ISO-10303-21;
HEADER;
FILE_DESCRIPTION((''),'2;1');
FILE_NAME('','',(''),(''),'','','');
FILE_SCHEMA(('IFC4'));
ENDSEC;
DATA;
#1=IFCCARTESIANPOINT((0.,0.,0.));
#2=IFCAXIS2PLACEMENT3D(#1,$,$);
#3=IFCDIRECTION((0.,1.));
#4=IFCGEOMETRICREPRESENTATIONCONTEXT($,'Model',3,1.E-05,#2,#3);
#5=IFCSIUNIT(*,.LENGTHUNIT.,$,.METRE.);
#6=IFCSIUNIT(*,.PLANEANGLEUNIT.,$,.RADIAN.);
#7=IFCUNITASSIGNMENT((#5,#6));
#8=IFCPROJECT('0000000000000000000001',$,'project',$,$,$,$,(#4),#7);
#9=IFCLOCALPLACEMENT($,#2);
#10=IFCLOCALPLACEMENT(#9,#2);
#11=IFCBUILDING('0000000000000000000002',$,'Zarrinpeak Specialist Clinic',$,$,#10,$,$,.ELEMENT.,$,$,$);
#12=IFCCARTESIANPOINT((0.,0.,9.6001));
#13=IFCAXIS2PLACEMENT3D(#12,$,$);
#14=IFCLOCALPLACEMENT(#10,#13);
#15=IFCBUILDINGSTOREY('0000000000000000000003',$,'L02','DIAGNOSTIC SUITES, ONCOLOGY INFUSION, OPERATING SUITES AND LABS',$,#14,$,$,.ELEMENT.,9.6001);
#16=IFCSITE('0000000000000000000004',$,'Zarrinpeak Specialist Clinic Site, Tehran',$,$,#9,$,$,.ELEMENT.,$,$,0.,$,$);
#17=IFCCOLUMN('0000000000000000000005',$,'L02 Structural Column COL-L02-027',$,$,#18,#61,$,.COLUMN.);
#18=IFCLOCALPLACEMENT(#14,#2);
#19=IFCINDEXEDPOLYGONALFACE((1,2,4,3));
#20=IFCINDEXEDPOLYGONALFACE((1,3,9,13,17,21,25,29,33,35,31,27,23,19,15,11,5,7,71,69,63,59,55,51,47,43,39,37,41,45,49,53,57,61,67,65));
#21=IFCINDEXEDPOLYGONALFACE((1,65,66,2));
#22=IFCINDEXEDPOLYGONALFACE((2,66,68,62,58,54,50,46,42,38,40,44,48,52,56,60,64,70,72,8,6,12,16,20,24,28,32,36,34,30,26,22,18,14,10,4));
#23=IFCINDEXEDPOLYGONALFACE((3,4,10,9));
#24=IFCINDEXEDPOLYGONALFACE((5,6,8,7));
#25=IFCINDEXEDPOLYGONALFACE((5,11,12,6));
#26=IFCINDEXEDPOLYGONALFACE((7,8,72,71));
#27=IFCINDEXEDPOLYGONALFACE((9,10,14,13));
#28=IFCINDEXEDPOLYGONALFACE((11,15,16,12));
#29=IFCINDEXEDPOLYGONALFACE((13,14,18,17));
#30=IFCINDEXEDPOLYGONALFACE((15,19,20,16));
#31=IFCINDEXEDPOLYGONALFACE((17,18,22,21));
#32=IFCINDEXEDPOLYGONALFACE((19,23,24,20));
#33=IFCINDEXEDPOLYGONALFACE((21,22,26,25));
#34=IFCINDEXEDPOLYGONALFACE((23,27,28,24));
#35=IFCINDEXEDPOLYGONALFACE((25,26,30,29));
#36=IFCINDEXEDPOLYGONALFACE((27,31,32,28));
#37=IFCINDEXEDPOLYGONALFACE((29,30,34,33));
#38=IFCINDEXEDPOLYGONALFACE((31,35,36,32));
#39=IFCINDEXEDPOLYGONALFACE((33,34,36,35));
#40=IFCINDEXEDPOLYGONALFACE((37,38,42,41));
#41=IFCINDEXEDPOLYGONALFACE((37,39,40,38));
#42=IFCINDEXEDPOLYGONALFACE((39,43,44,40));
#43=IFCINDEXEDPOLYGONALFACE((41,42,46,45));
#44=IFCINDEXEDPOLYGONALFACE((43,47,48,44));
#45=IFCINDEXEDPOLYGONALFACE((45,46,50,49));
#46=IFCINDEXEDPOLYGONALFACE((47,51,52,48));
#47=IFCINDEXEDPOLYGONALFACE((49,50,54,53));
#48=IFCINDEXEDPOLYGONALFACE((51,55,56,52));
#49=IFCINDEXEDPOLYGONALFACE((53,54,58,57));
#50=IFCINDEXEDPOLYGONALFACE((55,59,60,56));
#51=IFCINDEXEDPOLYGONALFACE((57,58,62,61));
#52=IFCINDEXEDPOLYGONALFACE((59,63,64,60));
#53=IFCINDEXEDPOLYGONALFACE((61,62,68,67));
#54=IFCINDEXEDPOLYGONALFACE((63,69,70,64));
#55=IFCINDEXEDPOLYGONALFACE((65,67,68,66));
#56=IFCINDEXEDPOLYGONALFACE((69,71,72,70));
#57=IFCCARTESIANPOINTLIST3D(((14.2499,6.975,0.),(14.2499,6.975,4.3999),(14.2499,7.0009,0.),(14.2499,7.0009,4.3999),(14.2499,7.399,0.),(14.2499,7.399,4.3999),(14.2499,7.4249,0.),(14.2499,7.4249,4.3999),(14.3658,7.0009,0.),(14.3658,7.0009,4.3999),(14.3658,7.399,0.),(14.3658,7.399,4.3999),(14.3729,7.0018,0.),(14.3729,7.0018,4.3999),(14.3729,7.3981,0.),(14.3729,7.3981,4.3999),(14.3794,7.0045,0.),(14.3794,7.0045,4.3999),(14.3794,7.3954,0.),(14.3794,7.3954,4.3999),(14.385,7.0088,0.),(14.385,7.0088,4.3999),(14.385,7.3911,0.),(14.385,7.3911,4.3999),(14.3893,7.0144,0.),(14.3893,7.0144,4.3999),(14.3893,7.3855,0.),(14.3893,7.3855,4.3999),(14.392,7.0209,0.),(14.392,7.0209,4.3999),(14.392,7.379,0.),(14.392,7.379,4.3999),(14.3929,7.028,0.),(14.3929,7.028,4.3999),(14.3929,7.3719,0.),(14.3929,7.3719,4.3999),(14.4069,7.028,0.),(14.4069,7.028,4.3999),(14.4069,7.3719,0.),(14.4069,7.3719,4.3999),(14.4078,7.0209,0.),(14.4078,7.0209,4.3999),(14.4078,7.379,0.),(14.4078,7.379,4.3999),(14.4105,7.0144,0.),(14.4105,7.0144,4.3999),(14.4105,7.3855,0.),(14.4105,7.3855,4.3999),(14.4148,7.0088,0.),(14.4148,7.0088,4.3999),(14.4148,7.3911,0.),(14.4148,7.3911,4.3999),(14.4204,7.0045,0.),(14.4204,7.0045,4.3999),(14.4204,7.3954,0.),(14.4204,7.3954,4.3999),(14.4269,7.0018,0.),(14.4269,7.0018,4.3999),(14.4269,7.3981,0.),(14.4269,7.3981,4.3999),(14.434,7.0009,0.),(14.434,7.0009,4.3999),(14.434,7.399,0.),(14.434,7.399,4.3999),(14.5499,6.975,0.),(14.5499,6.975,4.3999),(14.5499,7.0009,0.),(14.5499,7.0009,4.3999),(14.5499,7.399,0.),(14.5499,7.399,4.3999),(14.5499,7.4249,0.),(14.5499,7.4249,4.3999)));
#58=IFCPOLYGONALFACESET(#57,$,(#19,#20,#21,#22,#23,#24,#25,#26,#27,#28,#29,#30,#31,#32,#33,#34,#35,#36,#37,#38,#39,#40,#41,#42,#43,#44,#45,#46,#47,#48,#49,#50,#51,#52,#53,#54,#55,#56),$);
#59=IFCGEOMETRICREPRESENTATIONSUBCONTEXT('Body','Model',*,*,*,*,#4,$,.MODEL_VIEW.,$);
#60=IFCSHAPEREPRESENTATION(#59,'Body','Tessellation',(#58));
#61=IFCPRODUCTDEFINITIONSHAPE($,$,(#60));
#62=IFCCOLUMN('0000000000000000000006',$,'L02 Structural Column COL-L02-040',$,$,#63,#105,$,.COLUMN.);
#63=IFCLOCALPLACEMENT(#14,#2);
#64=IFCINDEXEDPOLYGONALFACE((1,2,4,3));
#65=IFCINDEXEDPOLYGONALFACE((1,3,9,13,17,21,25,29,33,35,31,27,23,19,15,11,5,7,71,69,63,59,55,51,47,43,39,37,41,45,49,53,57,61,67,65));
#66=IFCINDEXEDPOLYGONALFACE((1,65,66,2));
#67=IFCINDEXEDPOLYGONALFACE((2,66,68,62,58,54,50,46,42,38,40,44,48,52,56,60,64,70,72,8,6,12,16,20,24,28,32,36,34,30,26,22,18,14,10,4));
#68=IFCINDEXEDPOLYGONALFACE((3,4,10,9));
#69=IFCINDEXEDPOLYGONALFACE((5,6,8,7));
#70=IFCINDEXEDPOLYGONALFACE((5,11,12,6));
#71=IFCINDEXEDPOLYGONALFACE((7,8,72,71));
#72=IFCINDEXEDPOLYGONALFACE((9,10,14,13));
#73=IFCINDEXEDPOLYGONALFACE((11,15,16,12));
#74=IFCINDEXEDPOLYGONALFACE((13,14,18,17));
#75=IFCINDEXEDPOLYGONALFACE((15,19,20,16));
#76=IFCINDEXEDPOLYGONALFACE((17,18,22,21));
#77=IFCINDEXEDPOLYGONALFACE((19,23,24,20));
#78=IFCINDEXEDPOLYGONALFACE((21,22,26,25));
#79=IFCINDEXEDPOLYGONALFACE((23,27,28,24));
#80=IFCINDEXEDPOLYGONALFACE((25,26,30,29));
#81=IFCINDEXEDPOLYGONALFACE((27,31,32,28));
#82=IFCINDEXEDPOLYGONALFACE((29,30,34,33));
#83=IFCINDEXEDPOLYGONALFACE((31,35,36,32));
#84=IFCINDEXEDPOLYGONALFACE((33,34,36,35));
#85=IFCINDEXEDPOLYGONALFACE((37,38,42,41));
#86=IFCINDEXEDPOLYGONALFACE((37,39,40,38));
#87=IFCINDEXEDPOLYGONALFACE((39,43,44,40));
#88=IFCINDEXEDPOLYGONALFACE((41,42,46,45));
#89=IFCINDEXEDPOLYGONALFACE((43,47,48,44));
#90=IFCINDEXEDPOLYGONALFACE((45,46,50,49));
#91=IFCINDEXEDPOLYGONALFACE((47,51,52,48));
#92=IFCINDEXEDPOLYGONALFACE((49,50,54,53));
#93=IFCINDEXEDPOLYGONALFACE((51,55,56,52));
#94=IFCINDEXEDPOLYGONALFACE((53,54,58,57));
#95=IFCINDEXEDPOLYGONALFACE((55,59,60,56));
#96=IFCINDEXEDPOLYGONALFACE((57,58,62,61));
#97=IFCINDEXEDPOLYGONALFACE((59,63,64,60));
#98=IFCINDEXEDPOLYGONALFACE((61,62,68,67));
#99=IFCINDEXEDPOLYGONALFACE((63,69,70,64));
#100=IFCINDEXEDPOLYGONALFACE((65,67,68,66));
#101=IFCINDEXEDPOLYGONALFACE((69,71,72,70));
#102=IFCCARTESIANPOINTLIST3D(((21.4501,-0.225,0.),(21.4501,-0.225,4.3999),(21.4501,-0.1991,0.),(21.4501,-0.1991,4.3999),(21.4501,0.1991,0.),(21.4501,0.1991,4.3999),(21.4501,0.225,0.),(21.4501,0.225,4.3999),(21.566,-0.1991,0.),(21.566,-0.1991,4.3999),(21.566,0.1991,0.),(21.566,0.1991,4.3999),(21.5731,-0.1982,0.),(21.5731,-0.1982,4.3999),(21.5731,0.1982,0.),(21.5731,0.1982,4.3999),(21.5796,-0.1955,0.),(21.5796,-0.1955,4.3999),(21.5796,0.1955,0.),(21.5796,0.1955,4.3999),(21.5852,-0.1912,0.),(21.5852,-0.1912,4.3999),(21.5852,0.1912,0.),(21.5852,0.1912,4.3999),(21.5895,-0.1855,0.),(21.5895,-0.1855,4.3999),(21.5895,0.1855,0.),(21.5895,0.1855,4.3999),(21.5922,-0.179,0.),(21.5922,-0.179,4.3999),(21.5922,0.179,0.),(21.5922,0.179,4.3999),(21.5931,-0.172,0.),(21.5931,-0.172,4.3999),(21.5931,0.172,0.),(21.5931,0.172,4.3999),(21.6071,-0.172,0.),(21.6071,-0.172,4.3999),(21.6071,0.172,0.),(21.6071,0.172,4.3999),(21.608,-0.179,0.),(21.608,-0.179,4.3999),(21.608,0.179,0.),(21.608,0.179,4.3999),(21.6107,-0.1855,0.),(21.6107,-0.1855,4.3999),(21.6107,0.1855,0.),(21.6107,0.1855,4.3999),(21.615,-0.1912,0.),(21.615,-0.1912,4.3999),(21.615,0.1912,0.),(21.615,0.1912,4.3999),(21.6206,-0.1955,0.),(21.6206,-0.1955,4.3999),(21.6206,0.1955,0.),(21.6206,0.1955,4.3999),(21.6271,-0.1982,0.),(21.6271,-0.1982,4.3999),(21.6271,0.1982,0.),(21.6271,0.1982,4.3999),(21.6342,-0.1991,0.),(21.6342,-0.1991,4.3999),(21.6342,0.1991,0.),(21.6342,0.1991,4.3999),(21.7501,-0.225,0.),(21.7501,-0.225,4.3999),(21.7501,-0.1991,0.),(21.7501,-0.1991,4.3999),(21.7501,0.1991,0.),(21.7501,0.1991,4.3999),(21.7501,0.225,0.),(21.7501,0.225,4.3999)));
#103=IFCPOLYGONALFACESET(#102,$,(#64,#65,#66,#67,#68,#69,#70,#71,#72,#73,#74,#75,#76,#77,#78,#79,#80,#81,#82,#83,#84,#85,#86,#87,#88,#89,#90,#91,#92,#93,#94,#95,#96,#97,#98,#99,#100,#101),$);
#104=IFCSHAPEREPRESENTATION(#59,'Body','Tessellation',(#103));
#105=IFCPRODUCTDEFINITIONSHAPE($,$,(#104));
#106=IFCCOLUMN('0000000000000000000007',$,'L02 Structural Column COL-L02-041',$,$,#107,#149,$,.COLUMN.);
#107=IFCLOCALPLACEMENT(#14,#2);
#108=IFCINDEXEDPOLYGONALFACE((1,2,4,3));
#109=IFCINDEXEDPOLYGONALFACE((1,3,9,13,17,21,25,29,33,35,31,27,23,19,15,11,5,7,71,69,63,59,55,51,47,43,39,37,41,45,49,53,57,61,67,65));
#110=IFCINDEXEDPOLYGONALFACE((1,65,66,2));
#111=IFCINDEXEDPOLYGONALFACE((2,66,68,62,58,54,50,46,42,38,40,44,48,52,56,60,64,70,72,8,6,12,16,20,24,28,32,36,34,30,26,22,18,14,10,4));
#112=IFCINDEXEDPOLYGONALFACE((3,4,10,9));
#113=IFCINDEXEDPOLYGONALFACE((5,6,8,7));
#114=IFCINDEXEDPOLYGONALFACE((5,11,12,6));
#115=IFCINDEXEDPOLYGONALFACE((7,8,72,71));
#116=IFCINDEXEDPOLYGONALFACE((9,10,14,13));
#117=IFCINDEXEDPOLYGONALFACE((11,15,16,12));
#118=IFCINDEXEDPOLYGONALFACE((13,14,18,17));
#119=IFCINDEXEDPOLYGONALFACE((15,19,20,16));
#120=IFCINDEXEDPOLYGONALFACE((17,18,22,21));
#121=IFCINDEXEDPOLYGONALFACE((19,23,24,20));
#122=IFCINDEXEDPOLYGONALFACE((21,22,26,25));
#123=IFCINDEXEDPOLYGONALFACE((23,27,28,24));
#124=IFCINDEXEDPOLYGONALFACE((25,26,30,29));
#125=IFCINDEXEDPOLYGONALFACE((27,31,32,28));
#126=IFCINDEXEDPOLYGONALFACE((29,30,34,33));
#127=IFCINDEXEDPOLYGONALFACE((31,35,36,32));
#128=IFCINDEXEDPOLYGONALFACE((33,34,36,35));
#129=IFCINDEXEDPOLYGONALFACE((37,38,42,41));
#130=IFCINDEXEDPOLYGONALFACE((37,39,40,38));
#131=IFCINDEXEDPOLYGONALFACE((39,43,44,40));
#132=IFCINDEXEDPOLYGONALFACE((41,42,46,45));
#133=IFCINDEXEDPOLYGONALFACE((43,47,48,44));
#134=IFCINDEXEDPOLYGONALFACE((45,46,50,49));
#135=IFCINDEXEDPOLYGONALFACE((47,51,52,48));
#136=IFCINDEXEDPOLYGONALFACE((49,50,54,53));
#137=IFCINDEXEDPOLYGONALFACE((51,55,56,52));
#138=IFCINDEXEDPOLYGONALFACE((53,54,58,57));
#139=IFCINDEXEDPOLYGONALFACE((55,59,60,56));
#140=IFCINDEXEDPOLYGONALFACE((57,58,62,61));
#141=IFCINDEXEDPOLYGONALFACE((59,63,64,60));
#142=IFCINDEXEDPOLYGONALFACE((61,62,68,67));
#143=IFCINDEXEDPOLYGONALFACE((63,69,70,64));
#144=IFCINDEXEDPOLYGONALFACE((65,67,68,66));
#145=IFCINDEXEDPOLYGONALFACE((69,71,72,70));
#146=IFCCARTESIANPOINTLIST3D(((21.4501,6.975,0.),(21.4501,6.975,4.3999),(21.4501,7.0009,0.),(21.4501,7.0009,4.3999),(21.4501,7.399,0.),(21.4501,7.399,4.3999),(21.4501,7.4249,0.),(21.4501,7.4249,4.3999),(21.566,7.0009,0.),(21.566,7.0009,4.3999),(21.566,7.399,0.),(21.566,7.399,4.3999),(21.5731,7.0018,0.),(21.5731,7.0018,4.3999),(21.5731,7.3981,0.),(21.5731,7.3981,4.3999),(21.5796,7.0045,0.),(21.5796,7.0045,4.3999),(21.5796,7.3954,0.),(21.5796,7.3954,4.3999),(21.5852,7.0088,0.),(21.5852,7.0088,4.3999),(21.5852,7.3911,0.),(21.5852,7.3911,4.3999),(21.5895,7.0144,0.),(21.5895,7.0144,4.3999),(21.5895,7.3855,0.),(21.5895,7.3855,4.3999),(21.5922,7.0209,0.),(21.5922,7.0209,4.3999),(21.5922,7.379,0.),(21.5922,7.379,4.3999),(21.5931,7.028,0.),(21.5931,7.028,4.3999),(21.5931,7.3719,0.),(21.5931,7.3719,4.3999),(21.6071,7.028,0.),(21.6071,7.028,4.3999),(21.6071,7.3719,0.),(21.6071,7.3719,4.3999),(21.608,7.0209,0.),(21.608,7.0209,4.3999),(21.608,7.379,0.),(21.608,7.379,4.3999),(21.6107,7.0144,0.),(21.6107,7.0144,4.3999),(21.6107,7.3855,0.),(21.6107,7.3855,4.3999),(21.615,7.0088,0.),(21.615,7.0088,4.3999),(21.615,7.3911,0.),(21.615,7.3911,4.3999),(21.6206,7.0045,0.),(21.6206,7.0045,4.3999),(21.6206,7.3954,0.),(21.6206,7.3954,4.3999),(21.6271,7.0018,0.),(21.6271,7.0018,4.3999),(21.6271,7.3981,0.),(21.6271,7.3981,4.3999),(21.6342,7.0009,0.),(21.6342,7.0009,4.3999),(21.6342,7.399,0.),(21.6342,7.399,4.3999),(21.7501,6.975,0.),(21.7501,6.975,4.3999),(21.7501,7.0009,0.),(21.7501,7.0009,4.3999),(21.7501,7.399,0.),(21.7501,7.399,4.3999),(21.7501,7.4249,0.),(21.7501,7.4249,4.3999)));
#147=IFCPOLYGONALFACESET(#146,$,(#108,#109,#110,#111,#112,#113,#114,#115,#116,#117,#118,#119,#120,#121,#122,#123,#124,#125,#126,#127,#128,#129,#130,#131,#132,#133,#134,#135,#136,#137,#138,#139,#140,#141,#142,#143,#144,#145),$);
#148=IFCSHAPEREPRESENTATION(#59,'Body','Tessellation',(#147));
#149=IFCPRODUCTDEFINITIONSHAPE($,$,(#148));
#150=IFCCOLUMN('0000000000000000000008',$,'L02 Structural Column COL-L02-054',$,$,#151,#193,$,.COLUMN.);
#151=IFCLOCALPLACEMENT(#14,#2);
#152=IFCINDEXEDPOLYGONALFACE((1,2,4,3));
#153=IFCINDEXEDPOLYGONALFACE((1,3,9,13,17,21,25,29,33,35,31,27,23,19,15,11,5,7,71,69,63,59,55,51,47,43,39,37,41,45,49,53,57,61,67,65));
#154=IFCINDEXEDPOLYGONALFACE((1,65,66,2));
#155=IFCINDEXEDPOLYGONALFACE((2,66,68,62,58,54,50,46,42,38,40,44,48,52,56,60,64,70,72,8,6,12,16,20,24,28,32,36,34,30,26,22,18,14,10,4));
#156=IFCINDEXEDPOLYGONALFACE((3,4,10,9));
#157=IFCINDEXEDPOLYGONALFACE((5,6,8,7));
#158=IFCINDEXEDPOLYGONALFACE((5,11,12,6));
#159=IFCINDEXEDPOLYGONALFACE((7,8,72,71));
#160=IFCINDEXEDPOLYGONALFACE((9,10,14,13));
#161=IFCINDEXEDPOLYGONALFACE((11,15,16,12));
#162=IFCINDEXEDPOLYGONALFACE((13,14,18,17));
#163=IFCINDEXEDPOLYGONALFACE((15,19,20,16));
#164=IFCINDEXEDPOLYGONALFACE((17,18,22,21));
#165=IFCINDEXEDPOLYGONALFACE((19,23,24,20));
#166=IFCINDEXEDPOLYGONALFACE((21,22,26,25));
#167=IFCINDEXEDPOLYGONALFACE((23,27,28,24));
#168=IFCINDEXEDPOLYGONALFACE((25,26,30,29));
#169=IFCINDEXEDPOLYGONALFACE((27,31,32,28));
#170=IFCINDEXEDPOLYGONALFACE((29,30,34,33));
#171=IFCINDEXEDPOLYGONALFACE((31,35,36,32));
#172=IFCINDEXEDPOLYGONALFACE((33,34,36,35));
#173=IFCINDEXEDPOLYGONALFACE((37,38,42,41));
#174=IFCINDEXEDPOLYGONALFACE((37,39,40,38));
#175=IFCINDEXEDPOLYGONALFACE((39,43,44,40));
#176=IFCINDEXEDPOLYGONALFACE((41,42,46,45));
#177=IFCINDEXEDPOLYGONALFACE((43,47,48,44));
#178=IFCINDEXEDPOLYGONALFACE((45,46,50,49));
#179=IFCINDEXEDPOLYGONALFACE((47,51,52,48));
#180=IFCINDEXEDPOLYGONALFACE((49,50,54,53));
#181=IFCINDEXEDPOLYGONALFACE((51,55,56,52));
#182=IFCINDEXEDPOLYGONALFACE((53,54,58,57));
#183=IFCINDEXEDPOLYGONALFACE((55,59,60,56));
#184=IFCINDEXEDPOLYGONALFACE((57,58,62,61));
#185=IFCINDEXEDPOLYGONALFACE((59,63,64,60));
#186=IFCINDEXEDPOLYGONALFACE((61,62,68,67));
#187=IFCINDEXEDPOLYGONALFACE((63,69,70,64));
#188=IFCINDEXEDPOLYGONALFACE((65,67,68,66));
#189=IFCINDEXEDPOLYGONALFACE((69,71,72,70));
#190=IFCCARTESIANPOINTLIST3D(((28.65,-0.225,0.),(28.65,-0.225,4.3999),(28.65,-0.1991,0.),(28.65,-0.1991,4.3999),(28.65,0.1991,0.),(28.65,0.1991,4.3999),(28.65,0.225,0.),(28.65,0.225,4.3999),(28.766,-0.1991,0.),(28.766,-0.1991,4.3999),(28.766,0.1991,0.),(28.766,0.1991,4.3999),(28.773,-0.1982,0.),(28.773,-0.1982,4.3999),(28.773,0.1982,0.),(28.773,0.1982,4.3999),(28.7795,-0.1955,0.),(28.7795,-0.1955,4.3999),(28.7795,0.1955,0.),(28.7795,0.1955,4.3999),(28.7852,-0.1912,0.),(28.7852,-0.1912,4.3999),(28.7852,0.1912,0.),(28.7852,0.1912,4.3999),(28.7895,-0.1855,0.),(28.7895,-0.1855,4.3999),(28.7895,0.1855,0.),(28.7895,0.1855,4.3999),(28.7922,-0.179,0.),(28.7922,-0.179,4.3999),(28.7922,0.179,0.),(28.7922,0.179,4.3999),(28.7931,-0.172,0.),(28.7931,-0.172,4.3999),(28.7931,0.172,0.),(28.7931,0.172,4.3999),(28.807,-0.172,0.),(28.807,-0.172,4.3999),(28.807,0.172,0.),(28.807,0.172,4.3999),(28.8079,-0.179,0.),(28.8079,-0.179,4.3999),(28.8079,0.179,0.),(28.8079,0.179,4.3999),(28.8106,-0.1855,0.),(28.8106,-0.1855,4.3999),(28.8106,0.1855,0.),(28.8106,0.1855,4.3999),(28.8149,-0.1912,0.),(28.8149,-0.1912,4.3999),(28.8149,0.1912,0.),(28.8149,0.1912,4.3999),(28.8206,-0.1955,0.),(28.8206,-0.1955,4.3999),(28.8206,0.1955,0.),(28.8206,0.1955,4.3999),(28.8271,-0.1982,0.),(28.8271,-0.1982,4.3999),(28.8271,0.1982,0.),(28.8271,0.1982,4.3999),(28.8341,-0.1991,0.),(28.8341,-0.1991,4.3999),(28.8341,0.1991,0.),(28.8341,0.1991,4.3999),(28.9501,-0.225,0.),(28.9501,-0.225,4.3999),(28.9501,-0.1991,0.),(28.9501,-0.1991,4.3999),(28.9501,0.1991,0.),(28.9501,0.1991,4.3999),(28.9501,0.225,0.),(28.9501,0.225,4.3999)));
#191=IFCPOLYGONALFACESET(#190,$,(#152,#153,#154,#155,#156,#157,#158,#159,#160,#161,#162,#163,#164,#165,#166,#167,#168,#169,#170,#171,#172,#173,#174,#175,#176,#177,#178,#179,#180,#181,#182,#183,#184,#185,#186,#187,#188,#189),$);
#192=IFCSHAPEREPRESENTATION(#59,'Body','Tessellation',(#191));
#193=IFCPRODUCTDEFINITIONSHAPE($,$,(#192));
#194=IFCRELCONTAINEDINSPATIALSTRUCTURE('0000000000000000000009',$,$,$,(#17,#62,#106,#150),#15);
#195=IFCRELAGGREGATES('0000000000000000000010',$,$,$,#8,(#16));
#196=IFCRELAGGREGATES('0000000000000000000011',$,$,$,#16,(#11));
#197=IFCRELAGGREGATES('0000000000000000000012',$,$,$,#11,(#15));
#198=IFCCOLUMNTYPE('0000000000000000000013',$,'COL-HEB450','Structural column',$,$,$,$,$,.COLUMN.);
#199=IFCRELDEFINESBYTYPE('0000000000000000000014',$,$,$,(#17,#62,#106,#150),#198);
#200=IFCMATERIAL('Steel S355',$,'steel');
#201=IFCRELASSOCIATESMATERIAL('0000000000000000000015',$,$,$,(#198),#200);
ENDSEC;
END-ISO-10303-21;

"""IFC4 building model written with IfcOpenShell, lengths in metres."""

from ifc_helpers import new_model, si_unit, direction, frame, origin, origin_2d, place, context, subcontext, project, spatial, i_section, extrude, material, material_profile, profile_set, type_object, element, save


model = new_model("IFC4")

# Units and contexts
model_context = context("Model", 3, precision=1e-05, world=origin(), true_north=direction((0.0, 1.0)))
body_context = subcontext(model_context, "Body", "Model", "MODEL_VIEW")
ifc_project = project(units=[si_unit("LENGTHUNIT", "METRE"), si_unit("PLANEANGLEUNIT", "RADIAN")], contexts=[model_context])

# Site, building, storey
site_placement = place(None, origin())
site = spatial("IfcSite", under=ifc_project, at=site_placement, Name="Zarrinpeak Specialist Clinic Site, Tehran", CompositionType="ELEMENT", RefElevation=0.0)
building_placement = place(site_placement, origin())
building = spatial("IfcBuilding", under=site, at=building_placement, Name="Zarrinpeak Specialist Clinic", CompositionType="ELEMENT")
storey_placement = place(building_placement, frame((0.0, 0.0, 9.6001)))
storey = spatial("IfcBuildingStorey", under=building, at=storey_placement, Name="L02", Description="DIAGNOSTIC SUITES, ONCOLOGY INFUSION, OPERATING SUITES AND LABS", CompositionType="ELEMENT", Elevation=9.6001)

# Columns
ifc_material_1 = material(Name="Steel S355", Category="steel")
ifc_material_profile_1 = material_profile(ifc_material_1, i_section(OverallWidth=0.3, OverallDepth=0.45, WebThickness=0.0139, FlangeThickness=0.0259, FilletRadius=0.0271, at=origin_2d()), Name="HEB 450")
ifc_profile_set_1 = profile_set([ifc_material_profile_1], Name="Steel S355")
column_type = type_object("IfcColumnType", Name="COL-HEB450", Description="Structural column", PredefinedType="COLUMN", material=ifc_profile_set_1)
for number, where, z_axis, x_axis, name in (
    (1, (14.3999, 7.2, 0.0), (0.0, 0.0, 1.0), (1.0, 0.0, 0.0), "L02 Structural Column COL-L02-027"),
    (2, (21.6001, 0.0, 0.0), (0.0, 0.0, 1.0), (1.0, 0.0, 0.0), "L02 Structural Column COL-L02-040"),
    (3, (21.6001, 7.2, 0.0), (0.0, 0.0, 1.0), (1.0, 0.0, 0.0), "L02 Structural Column COL-L02-041"),
    (4, (28.8, 0.0, 0.0), (0.0, 0.0, 1.0), (1.0, 0.0, 0.0), "L02 Structural Column COL-L02-054"),
):
    element("IfcColumn", number, at=place(storey_placement, frame(where, z_axis=z_axis, x_axis=x_axis)), inside=storey, type_object=column_type, Name=name, PredefinedType="COLUMN", context=body_context, shape_type="SweptSolid", body=[
        extrude(i_section(OverallWidth=0.3, OverallDepth=0.45, WebThickness=0.0139, FlangeThickness=0.0259, FilletRadius=0.0271, at=origin_2d()), origin(), (0.0, 0.0, 1.0), 4.3999),
    ])

save(model, "model.ifc")
